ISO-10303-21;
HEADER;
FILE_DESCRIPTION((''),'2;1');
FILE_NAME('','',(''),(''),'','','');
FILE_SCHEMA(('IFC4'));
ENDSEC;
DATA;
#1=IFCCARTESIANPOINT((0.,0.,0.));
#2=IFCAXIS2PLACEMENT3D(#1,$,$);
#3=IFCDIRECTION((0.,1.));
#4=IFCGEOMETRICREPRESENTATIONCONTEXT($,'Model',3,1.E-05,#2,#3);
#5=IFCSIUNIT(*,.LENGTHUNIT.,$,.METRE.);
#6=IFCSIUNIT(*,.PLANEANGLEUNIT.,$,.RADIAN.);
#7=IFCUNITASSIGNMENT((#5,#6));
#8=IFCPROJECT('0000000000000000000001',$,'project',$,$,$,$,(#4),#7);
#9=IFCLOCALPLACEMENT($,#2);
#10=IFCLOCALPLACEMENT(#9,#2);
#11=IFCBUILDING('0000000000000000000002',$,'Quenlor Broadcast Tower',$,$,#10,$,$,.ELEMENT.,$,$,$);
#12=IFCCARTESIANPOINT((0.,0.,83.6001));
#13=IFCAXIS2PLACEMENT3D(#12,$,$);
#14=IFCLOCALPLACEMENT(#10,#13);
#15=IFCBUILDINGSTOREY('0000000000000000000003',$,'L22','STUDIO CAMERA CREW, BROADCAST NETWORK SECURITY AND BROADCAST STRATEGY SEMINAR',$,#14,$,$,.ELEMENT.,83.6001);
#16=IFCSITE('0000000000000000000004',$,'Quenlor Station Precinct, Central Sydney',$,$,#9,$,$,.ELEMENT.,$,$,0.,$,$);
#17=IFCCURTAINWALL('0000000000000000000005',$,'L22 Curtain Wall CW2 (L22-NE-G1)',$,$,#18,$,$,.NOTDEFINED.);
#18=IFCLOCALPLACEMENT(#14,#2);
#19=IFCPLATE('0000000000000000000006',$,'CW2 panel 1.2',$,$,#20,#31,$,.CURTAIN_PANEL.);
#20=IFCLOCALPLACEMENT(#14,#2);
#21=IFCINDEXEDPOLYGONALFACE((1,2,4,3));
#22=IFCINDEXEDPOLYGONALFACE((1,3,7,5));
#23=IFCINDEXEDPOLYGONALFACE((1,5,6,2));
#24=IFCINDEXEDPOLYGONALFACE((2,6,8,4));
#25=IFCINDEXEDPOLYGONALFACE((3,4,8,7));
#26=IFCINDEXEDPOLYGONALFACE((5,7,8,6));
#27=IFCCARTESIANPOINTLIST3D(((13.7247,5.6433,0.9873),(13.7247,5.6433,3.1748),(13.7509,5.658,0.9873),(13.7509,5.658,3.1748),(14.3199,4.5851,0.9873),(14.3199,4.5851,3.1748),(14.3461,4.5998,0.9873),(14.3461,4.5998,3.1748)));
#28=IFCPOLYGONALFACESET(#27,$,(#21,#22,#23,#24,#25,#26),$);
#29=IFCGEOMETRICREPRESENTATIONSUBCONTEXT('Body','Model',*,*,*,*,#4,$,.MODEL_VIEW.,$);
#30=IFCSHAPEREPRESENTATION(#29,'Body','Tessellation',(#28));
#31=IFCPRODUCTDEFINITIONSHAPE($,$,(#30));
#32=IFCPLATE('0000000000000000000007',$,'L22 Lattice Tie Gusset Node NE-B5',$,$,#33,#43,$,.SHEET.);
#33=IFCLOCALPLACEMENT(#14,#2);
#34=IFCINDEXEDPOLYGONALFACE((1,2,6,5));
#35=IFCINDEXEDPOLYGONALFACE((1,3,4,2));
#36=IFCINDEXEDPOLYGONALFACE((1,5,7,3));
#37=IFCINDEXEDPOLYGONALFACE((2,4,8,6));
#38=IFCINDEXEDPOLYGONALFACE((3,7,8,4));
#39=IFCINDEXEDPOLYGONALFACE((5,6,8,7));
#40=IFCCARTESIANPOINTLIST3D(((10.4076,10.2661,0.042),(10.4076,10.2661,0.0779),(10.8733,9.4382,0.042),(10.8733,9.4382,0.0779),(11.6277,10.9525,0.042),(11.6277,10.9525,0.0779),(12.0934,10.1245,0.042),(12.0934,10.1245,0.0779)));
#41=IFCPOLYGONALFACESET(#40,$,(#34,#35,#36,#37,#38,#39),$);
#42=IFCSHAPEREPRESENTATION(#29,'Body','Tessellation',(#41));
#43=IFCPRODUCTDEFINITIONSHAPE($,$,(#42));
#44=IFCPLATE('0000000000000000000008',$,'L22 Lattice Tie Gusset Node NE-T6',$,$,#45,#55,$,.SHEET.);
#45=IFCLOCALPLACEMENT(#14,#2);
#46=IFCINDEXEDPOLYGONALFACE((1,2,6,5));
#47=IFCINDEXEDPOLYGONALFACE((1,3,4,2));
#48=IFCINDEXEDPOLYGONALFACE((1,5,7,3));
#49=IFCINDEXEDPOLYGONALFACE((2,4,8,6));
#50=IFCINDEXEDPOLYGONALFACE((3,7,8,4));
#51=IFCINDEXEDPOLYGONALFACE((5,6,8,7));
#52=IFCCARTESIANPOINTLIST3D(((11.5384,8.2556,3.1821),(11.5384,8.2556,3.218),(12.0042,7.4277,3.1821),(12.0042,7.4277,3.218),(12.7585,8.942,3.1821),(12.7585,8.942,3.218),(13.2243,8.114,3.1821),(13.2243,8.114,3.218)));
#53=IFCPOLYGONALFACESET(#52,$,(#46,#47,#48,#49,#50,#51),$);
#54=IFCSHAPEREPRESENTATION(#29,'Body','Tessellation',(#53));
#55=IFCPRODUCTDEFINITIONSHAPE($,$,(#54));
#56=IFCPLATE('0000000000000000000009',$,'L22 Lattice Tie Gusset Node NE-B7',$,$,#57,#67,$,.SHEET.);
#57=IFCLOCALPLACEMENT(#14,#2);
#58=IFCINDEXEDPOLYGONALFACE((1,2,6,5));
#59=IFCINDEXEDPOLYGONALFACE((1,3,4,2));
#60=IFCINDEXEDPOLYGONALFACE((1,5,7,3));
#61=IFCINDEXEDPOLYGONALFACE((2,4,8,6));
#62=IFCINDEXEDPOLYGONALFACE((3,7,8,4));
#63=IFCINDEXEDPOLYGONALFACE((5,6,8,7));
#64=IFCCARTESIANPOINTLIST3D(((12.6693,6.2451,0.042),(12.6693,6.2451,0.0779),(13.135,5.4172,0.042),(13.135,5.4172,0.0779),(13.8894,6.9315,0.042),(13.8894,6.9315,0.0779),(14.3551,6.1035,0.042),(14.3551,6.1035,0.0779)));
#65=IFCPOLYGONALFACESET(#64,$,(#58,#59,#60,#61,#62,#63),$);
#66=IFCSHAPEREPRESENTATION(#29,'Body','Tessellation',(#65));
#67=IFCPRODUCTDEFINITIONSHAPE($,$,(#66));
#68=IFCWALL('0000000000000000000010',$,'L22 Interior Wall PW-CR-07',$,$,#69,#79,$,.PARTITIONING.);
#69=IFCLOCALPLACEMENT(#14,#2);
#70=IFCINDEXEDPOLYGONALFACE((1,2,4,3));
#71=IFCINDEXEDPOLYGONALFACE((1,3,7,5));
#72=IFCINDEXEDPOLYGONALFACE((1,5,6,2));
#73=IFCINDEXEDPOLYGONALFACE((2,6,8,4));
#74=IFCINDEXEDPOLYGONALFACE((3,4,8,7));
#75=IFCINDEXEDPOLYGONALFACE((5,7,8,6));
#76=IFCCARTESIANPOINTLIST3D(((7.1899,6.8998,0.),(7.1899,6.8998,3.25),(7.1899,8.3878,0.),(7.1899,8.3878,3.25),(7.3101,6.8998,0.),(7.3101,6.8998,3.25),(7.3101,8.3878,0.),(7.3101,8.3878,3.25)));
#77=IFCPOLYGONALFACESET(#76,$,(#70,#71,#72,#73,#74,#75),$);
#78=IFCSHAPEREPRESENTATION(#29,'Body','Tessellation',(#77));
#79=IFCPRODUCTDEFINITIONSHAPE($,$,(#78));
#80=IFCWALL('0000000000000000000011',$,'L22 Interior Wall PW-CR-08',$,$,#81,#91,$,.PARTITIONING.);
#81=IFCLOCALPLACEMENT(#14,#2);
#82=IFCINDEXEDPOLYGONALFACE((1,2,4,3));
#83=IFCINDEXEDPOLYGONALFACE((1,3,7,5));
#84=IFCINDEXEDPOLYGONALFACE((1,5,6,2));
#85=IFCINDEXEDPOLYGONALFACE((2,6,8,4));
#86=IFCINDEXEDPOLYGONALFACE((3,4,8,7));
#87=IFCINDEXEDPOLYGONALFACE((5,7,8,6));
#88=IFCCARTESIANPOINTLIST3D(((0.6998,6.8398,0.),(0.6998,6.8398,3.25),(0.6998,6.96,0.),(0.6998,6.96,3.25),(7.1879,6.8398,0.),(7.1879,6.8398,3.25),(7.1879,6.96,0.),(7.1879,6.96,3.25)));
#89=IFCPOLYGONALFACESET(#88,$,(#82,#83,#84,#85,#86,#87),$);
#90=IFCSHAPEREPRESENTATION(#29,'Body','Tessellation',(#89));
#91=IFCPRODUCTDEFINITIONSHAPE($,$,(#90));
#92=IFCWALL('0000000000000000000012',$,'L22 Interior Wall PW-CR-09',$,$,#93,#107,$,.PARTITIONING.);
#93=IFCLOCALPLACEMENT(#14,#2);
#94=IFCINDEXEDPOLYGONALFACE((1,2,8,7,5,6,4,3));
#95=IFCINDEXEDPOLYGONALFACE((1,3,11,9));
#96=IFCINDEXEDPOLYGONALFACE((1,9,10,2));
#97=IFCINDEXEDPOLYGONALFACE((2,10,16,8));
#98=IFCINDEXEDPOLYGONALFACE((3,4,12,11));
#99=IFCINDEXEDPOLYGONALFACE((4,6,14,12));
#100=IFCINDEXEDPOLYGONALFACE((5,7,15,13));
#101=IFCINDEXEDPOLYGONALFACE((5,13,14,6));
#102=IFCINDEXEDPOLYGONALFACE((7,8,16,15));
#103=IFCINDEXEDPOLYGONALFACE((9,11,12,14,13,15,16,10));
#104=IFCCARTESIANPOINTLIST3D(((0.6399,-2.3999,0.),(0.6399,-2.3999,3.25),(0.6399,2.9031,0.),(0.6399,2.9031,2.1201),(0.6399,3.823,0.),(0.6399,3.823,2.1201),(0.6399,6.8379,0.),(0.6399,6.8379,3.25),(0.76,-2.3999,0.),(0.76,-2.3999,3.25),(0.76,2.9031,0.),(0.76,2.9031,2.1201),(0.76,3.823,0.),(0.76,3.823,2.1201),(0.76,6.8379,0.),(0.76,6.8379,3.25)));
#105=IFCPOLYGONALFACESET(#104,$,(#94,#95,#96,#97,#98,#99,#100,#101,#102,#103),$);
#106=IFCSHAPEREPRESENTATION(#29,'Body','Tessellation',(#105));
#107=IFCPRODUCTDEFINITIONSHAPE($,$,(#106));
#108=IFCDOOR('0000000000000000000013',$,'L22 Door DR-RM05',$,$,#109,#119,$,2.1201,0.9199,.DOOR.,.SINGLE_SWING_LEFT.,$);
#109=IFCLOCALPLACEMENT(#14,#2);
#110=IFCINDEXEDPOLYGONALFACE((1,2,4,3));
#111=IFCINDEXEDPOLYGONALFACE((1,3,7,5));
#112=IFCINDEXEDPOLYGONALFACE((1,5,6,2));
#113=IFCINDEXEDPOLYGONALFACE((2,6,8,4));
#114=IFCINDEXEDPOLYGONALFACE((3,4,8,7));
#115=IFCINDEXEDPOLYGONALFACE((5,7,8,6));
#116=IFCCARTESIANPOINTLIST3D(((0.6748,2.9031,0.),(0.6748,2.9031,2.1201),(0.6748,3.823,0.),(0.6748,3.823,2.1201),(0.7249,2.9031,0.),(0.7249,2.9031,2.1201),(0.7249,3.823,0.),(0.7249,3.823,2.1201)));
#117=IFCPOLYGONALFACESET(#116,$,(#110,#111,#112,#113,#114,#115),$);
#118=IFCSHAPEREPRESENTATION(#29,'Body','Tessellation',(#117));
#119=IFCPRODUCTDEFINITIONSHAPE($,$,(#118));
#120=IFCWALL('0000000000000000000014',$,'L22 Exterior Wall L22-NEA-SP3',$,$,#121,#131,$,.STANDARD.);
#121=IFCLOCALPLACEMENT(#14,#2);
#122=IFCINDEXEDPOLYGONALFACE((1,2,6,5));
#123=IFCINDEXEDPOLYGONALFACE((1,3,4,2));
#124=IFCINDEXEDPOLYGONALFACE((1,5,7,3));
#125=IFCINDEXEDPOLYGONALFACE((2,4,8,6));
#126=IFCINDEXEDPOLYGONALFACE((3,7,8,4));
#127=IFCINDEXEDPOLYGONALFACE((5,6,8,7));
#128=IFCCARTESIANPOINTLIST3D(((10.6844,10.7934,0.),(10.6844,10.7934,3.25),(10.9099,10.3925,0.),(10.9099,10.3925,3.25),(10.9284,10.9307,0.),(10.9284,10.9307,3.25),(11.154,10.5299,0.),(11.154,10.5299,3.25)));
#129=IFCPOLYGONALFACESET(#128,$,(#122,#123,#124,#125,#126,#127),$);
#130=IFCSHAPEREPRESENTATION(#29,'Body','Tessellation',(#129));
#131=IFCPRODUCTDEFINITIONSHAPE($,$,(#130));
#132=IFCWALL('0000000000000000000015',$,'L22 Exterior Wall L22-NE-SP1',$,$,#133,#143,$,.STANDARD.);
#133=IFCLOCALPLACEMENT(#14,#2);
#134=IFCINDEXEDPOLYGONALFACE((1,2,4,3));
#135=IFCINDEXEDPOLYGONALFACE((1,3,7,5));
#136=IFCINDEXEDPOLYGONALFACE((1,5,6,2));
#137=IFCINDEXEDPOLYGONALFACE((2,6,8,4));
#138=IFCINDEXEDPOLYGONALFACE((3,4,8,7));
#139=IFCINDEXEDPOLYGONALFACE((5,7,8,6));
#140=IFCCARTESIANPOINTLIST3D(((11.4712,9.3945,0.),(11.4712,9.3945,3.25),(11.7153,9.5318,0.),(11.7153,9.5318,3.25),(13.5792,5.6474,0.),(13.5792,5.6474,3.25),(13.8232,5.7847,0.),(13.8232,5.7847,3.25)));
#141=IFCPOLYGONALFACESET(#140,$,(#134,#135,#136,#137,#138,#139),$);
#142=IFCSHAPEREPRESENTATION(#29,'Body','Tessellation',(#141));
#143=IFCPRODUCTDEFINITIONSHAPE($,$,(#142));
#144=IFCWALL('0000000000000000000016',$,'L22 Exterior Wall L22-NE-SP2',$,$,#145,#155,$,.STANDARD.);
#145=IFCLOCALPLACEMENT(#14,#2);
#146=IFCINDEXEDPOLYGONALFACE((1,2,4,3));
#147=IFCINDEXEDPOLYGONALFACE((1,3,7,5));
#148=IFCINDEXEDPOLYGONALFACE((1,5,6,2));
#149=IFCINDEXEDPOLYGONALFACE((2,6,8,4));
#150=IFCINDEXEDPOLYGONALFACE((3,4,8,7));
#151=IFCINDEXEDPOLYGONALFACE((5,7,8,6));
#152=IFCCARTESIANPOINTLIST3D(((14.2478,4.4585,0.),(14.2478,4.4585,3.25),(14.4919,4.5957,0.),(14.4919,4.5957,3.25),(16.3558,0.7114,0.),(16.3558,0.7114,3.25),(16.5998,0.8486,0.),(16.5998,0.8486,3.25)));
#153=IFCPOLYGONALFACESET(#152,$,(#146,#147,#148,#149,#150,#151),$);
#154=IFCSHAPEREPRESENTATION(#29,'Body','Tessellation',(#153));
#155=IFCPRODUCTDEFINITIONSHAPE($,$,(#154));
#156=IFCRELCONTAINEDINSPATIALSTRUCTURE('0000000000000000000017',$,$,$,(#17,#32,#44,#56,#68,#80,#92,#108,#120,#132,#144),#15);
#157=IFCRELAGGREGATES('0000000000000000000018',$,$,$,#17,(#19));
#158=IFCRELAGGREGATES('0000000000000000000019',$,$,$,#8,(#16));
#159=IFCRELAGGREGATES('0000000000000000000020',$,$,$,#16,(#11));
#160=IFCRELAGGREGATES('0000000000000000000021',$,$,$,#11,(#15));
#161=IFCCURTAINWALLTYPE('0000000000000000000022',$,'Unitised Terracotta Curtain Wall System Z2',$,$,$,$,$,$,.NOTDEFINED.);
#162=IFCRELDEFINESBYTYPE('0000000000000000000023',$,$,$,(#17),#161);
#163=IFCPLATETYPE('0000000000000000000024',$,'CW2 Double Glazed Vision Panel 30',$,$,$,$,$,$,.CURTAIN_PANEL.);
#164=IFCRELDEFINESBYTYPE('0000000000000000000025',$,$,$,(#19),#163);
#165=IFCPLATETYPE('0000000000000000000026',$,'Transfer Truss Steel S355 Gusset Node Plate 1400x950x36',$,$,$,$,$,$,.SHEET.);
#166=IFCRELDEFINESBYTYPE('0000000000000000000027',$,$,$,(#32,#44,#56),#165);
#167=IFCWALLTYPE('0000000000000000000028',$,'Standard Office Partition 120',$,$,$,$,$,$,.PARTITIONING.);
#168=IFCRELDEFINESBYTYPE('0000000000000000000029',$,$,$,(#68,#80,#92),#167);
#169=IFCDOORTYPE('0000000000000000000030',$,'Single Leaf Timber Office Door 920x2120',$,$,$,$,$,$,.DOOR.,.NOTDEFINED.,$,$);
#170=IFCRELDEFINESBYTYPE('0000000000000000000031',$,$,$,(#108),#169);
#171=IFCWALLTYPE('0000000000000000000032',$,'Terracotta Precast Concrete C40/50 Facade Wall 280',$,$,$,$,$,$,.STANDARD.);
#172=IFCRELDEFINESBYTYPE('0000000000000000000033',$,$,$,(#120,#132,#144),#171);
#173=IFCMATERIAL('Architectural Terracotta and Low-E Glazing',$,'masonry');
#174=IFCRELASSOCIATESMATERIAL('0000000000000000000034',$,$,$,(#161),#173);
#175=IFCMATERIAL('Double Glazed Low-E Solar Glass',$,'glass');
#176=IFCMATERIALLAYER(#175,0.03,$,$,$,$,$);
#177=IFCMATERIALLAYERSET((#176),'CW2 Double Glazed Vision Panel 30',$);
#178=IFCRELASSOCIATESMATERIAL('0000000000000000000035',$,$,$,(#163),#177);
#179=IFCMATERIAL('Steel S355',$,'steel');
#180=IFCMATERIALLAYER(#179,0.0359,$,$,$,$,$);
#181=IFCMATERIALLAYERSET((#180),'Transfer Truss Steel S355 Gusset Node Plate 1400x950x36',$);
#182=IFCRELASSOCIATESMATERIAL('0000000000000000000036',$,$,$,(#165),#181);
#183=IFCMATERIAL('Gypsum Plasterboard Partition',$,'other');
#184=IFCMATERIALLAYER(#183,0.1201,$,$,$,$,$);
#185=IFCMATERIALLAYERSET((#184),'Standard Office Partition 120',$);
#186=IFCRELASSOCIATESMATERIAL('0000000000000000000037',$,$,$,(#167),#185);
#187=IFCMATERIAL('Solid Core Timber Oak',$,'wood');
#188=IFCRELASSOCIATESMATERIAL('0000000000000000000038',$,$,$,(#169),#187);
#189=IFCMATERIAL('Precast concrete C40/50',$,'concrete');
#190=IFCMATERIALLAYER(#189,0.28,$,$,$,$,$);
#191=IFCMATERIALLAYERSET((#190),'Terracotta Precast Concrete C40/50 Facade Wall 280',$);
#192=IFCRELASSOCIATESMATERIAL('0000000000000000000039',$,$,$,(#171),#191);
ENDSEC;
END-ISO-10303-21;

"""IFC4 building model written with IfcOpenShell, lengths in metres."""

from ifc_helpers import new_model, si_unit, direction, frame, frame_2d, origin, origin_2d, place, context, subcontext, project, spatial, rectangle, extrude, material, layer, layer_set, type_object, element, fill, aggregate, save


model = new_model("IFC4")

# Units and contexts
model_context = context("Model", 3, precision=1e-05, world=origin(), true_north=direction((0.0, 1.0)))
body_context = subcontext(model_context, "Body", "Model", "MODEL_VIEW")
ifc_project = project(units=[si_unit("LENGTHUNIT", "METRE"), si_unit("PLANEANGLEUNIT", "RADIAN")], contexts=[model_context])

# Site, building, storey
site_placement = place(None, origin())
site = spatial("IfcSite", under=ifc_project, at=site_placement, Name="Quenlor Station Precinct, Central Sydney", CompositionType="ELEMENT", RefElevation=0.0)
building_placement = place(site_placement, origin())
building = spatial("IfcBuilding", under=site, at=building_placement, Name="Quenlor Broadcast Tower", CompositionType="ELEMENT")
storey_placement = place(building_placement, frame((0.0, 0.0, 83.6001)))
storey = spatial("IfcBuildingStorey", under=building, at=storey_placement, Name="L22", Description="STUDIO CAMERA CREW, BROADCAST NETWORK SECURITY AND BROADCAST STRATEGY SEMINAR", CompositionType="ELEMENT", Elevation=83.6001)

# Shared definitions
ifc_material_1 = material(Name="Architectural Terracotta and Low-E Glazing", Category="masonry")
curtain_wall_type = type_object("IfcCurtainWallType", Name="Unitised Terracotta Curtain Wall System Z2", PredefinedType="NOTDEFINED", material=ifc_material_1)

# Curtain wall
curtain_wall_1_placement = place(storey_placement, origin())
curtain_wall_1 = element("IfcCurtainWall", 1, at=curtain_wall_1_placement, inside=storey, type_object=curtain_wall_type, Name="L22 Curtain Wall CW2 (L22-NE-G1)", PredefinedType="NOTDEFINED")

# Plate
ifc_material_2 = material(Name="Double Glazed Low-E Solar Glass", Category="glass")
ifc_layer_1 = layer(ifc_material_2, 0.03)
ifc_layer_set_1 = layer_set([ifc_layer_1], Name="CW2 Double Glazed Vision Panel 30")
plate_type_1 = type_object("IfcPlateType", Name="CW2 Double Glazed Vision Panel 30", PredefinedType="CURTAIN_PANEL", material=ifc_layer_set_1)
plate_1_placement = place(storey_placement, frame((14.0354, 5.1216, 0.9873), z_axis=(0.0, 0.0, 1.0), x_axis=(0.490254, -0.871579, 0.0)))
plate_1 = element("IfcPlate", 2, at=plate_1_placement, type_object=plate_type_1, Name="CW2 panel 1.2", PredefinedType="CURTAIN_PANEL", context=body_context, shape_type="SweptSolid", body=[
    extrude(rectangle(XDim=1.2141, YDim=0.03, at=origin_2d()), origin(), (0.0, 0.0, 1.0), 2.1875),
])
aggregate(curtain_wall_1, [plate_1])

# Plates
ifc_material_3 = material(Name="Steel S355", Category="steel")
ifc_layer_2 = layer(ifc_material_3, 0.0359)
ifc_layer_set_2 = layer_set([ifc_layer_2], Name="Transfer Truss Steel S355 Gusset Node Plate 1400x950x36")
plate_type_2 = type_object("IfcPlateType", Name="Transfer Truss Steel S355 Gusset Node Plate 1400x950x36", PredefinedType="SHEET", material=ifc_layer_set_2)
for number, where, z_axis, x_axis, name in (
    (3, (11.2505, 10.1953, 0.042), (0.0, 0.0, 1.0), (0.871556, 0.490295, 0.0), "L22 Lattice Tie Gusset Node NE-B5"),
    (4, (12.3813, 8.1848, 3.1821), (0.0, 0.0, 1.0), (0.871556, 0.490295, 0.0), "L22 Lattice Tie Gusset Node NE-T6"),
    (5, (13.5122, 6.1743, 0.042), (0.0, 0.0, 1.0), (0.871556, 0.490295, 0.0), "L22 Lattice Tie Gusset Node NE-B7"),
):
    element("IfcPlate", number, at=place(storey_placement, frame(where, z_axis=z_axis, x_axis=x_axis)), inside=storey, type_object=plate_type_2, Name=name, PredefinedType="SHEET", context=body_context, shape_type="SweptSolid", body=[
        extrude(rectangle(XDim=1.3999, YDim=0.95, at=origin_2d()), origin(), (0.0, 0.0, 1.0), 0.0359),
    ])

# Walls
ifc_material_4 = material(Name="Gypsum Plasterboard Partition", Category="other")
ifc_layer_3 = layer(ifc_material_4, 0.1201)
ifc_layer_set_3 = layer_set([ifc_layer_3], Name="Standard Office Partition 120")
wall_type_1 = type_object("IfcWallType", Name="Standard Office Partition 120", PredefinedType="PARTITIONING", material=ifc_layer_set_3)
wall_1_placement = place(storey_placement, frame((7.25, 8.3879, 0.0), z_axis=(0.0, 0.0, 1.0), x_axis=(0.0, -1.0, 0.0)))
element("IfcWall", 6, at=wall_1_placement, inside=storey, type_object=wall_type_1, Name="L22 Interior Wall PW-CR-07", PredefinedType="PARTITIONING", context=body_context, shape_type="SweptSolid", body=[
    extrude(rectangle(XDim=1.488, YDim=0.1201, at=frame_2d((0.7441, 0.0))), origin(), (0.0, 0.0, 1.0), 3.25),
])
wall_2_placement = place(storey_placement, frame((7.188, 6.8999, 0.0), z_axis=(0.0, 0.0, 1.0), x_axis=(-1.0, 0.0, 0.0)))
element("IfcWall", 7, at=wall_2_placement, inside=storey, type_object=wall_type_1, Name="L22 Interior Wall PW-CR-08", PredefinedType="PARTITIONING", context=body_context, shape_type="SweptSolid", body=[
    extrude(rectangle(XDim=6.488, YDim=0.1201, at=frame_2d((3.2441, 0.0))), origin(), (0.0, 0.0, 1.0), 3.25),
])

# Wall, opening, door
wall_3_placement = place(storey_placement, frame((0.7, 6.8379, 0.0), z_axis=(0.0, 0.0, 1.0), x_axis=(0.0, -1.0, 0.0)))
wall_3 = element("IfcWall", 8, at=wall_3_placement, inside=storey, type_object=wall_type_1, Name="L22 Interior Wall PW-CR-09", PredefinedType="PARTITIONING", context=body_context, shape_type="SweptSolid", body=[
    extrude(rectangle(XDim=9.2378, YDim=0.1201, at=frame_2d((4.6189, 0.0))), origin(), (0.0, 0.0, 1.0), 3.25),
])
opening_placement = place(wall_3_placement, frame((3.0149, 0.0, 0.0)))
opening = element("IfcOpeningElement", 9, at=opening_placement, cuts=wall_3, PredefinedType="OPENING", context=body_context, shape_type="SweptSolid", body=[
    extrude(rectangle(XDim=0.9199, YDim=2.1201, at=frame_2d((0.46, 1.0601))), frame((0.0, 0.0701, 0.0), z_axis=(0.0, -1.0, 0.0), x_axis=(1.0, 0.0, 0.0)), (0.0, 0.0, 1.0), 0.1401),
])
ifc_material_5 = material(Name="Solid Core Timber Oak", Category="wood")
door_type = type_object("IfcDoorType", Name="Single Leaf Timber Office Door 920x2120", OperationType="NOTDEFINED", PredefinedType="DOOR", material=ifc_material_5)
door_placement = place(opening_placement, origin())
door = element("IfcDoor", 10, at=door_placement, inside=storey, type_object=door_type, Name="L22 Door DR-RM05", OperationType="SINGLE_SWING_LEFT", OverallHeight=2.1201, OverallWidth=0.9199, PredefinedType="DOOR", context=body_context, shape_type="SweptSolid", body=[
    extrude(rectangle(XDim=0.9199, YDim=2.1201, at=frame_2d((0.46, 1.0601))), frame((0.0, 0.0249, 0.0), z_axis=(0.0, -1.0, 0.0), x_axis=(1.0, 0.0, 0.0)), (0.0, 0.0, 1.0), 0.05),
])
fill(opening, door)

# Walls
ifc_material_6 = material(Name="Precast concrete C40/50", Category="concrete")
ifc_layer_4 = layer(ifc_material_6, 0.28)
ifc_layer_set_4 = layer_set([ifc_layer_4], Name="Terracotta Precast Concrete C40/50 Facade Wall 280")
wall_type_2 = type_object("IfcWallType", Name="Terracotta Precast Concrete C40/50 Facade Wall 280", PredefinedType="STANDARD", material=ifc_layer_set_4)
wall_4_placement = place(storey_placement, frame((10.8064, 10.8621, 0.0), z_axis=(0.0, 0.0, 1.0), x_axis=(0.490412, -0.87149, 0.0)))
element("IfcWall", 11, at=wall_4_placement, inside=storey, type_object=wall_type_2, Name="L22 Exterior Wall L22-NEA-SP3", PredefinedType="STANDARD", context=body_context, shape_type="SweptSolid", body=[
    extrude(rectangle(XDim=0.46, YDim=0.28, at=frame_2d((0.23, 0.0))), origin(), (0.0, 0.0, 1.0), 3.25),
])
for number, where, z_axis, x_axis, name in (
    (12, (11.5933, 9.4631, 0.0), (0.0, 0.0, 1.0), (0.490294, -0.871557, 0.0), "L22 Exterior Wall L22-NE-SP1"),
    (13, (14.3699, 4.5271, 0.0), (0.0, 0.0, 1.0), (0.490294, -0.871557, 0.0), "L22 Exterior Wall L22-NE-SP2"),
):
    element("IfcWall", number, at=place(storey_placement, frame(where, z_axis=z_axis, x_axis=x_axis)), inside=storey, type_object=wall_type_2, Name=name, PredefinedType="STANDARD", context=body_context, shape_type="SweptSolid", body=[
        extrude(rectangle(XDim=4.2993, YDim=0.28, at=frame_2d((2.1497, 0.0))), origin(), (0.0, 0.0, 1.0), 3.25),
    ])

save(model, "model.ifc")
